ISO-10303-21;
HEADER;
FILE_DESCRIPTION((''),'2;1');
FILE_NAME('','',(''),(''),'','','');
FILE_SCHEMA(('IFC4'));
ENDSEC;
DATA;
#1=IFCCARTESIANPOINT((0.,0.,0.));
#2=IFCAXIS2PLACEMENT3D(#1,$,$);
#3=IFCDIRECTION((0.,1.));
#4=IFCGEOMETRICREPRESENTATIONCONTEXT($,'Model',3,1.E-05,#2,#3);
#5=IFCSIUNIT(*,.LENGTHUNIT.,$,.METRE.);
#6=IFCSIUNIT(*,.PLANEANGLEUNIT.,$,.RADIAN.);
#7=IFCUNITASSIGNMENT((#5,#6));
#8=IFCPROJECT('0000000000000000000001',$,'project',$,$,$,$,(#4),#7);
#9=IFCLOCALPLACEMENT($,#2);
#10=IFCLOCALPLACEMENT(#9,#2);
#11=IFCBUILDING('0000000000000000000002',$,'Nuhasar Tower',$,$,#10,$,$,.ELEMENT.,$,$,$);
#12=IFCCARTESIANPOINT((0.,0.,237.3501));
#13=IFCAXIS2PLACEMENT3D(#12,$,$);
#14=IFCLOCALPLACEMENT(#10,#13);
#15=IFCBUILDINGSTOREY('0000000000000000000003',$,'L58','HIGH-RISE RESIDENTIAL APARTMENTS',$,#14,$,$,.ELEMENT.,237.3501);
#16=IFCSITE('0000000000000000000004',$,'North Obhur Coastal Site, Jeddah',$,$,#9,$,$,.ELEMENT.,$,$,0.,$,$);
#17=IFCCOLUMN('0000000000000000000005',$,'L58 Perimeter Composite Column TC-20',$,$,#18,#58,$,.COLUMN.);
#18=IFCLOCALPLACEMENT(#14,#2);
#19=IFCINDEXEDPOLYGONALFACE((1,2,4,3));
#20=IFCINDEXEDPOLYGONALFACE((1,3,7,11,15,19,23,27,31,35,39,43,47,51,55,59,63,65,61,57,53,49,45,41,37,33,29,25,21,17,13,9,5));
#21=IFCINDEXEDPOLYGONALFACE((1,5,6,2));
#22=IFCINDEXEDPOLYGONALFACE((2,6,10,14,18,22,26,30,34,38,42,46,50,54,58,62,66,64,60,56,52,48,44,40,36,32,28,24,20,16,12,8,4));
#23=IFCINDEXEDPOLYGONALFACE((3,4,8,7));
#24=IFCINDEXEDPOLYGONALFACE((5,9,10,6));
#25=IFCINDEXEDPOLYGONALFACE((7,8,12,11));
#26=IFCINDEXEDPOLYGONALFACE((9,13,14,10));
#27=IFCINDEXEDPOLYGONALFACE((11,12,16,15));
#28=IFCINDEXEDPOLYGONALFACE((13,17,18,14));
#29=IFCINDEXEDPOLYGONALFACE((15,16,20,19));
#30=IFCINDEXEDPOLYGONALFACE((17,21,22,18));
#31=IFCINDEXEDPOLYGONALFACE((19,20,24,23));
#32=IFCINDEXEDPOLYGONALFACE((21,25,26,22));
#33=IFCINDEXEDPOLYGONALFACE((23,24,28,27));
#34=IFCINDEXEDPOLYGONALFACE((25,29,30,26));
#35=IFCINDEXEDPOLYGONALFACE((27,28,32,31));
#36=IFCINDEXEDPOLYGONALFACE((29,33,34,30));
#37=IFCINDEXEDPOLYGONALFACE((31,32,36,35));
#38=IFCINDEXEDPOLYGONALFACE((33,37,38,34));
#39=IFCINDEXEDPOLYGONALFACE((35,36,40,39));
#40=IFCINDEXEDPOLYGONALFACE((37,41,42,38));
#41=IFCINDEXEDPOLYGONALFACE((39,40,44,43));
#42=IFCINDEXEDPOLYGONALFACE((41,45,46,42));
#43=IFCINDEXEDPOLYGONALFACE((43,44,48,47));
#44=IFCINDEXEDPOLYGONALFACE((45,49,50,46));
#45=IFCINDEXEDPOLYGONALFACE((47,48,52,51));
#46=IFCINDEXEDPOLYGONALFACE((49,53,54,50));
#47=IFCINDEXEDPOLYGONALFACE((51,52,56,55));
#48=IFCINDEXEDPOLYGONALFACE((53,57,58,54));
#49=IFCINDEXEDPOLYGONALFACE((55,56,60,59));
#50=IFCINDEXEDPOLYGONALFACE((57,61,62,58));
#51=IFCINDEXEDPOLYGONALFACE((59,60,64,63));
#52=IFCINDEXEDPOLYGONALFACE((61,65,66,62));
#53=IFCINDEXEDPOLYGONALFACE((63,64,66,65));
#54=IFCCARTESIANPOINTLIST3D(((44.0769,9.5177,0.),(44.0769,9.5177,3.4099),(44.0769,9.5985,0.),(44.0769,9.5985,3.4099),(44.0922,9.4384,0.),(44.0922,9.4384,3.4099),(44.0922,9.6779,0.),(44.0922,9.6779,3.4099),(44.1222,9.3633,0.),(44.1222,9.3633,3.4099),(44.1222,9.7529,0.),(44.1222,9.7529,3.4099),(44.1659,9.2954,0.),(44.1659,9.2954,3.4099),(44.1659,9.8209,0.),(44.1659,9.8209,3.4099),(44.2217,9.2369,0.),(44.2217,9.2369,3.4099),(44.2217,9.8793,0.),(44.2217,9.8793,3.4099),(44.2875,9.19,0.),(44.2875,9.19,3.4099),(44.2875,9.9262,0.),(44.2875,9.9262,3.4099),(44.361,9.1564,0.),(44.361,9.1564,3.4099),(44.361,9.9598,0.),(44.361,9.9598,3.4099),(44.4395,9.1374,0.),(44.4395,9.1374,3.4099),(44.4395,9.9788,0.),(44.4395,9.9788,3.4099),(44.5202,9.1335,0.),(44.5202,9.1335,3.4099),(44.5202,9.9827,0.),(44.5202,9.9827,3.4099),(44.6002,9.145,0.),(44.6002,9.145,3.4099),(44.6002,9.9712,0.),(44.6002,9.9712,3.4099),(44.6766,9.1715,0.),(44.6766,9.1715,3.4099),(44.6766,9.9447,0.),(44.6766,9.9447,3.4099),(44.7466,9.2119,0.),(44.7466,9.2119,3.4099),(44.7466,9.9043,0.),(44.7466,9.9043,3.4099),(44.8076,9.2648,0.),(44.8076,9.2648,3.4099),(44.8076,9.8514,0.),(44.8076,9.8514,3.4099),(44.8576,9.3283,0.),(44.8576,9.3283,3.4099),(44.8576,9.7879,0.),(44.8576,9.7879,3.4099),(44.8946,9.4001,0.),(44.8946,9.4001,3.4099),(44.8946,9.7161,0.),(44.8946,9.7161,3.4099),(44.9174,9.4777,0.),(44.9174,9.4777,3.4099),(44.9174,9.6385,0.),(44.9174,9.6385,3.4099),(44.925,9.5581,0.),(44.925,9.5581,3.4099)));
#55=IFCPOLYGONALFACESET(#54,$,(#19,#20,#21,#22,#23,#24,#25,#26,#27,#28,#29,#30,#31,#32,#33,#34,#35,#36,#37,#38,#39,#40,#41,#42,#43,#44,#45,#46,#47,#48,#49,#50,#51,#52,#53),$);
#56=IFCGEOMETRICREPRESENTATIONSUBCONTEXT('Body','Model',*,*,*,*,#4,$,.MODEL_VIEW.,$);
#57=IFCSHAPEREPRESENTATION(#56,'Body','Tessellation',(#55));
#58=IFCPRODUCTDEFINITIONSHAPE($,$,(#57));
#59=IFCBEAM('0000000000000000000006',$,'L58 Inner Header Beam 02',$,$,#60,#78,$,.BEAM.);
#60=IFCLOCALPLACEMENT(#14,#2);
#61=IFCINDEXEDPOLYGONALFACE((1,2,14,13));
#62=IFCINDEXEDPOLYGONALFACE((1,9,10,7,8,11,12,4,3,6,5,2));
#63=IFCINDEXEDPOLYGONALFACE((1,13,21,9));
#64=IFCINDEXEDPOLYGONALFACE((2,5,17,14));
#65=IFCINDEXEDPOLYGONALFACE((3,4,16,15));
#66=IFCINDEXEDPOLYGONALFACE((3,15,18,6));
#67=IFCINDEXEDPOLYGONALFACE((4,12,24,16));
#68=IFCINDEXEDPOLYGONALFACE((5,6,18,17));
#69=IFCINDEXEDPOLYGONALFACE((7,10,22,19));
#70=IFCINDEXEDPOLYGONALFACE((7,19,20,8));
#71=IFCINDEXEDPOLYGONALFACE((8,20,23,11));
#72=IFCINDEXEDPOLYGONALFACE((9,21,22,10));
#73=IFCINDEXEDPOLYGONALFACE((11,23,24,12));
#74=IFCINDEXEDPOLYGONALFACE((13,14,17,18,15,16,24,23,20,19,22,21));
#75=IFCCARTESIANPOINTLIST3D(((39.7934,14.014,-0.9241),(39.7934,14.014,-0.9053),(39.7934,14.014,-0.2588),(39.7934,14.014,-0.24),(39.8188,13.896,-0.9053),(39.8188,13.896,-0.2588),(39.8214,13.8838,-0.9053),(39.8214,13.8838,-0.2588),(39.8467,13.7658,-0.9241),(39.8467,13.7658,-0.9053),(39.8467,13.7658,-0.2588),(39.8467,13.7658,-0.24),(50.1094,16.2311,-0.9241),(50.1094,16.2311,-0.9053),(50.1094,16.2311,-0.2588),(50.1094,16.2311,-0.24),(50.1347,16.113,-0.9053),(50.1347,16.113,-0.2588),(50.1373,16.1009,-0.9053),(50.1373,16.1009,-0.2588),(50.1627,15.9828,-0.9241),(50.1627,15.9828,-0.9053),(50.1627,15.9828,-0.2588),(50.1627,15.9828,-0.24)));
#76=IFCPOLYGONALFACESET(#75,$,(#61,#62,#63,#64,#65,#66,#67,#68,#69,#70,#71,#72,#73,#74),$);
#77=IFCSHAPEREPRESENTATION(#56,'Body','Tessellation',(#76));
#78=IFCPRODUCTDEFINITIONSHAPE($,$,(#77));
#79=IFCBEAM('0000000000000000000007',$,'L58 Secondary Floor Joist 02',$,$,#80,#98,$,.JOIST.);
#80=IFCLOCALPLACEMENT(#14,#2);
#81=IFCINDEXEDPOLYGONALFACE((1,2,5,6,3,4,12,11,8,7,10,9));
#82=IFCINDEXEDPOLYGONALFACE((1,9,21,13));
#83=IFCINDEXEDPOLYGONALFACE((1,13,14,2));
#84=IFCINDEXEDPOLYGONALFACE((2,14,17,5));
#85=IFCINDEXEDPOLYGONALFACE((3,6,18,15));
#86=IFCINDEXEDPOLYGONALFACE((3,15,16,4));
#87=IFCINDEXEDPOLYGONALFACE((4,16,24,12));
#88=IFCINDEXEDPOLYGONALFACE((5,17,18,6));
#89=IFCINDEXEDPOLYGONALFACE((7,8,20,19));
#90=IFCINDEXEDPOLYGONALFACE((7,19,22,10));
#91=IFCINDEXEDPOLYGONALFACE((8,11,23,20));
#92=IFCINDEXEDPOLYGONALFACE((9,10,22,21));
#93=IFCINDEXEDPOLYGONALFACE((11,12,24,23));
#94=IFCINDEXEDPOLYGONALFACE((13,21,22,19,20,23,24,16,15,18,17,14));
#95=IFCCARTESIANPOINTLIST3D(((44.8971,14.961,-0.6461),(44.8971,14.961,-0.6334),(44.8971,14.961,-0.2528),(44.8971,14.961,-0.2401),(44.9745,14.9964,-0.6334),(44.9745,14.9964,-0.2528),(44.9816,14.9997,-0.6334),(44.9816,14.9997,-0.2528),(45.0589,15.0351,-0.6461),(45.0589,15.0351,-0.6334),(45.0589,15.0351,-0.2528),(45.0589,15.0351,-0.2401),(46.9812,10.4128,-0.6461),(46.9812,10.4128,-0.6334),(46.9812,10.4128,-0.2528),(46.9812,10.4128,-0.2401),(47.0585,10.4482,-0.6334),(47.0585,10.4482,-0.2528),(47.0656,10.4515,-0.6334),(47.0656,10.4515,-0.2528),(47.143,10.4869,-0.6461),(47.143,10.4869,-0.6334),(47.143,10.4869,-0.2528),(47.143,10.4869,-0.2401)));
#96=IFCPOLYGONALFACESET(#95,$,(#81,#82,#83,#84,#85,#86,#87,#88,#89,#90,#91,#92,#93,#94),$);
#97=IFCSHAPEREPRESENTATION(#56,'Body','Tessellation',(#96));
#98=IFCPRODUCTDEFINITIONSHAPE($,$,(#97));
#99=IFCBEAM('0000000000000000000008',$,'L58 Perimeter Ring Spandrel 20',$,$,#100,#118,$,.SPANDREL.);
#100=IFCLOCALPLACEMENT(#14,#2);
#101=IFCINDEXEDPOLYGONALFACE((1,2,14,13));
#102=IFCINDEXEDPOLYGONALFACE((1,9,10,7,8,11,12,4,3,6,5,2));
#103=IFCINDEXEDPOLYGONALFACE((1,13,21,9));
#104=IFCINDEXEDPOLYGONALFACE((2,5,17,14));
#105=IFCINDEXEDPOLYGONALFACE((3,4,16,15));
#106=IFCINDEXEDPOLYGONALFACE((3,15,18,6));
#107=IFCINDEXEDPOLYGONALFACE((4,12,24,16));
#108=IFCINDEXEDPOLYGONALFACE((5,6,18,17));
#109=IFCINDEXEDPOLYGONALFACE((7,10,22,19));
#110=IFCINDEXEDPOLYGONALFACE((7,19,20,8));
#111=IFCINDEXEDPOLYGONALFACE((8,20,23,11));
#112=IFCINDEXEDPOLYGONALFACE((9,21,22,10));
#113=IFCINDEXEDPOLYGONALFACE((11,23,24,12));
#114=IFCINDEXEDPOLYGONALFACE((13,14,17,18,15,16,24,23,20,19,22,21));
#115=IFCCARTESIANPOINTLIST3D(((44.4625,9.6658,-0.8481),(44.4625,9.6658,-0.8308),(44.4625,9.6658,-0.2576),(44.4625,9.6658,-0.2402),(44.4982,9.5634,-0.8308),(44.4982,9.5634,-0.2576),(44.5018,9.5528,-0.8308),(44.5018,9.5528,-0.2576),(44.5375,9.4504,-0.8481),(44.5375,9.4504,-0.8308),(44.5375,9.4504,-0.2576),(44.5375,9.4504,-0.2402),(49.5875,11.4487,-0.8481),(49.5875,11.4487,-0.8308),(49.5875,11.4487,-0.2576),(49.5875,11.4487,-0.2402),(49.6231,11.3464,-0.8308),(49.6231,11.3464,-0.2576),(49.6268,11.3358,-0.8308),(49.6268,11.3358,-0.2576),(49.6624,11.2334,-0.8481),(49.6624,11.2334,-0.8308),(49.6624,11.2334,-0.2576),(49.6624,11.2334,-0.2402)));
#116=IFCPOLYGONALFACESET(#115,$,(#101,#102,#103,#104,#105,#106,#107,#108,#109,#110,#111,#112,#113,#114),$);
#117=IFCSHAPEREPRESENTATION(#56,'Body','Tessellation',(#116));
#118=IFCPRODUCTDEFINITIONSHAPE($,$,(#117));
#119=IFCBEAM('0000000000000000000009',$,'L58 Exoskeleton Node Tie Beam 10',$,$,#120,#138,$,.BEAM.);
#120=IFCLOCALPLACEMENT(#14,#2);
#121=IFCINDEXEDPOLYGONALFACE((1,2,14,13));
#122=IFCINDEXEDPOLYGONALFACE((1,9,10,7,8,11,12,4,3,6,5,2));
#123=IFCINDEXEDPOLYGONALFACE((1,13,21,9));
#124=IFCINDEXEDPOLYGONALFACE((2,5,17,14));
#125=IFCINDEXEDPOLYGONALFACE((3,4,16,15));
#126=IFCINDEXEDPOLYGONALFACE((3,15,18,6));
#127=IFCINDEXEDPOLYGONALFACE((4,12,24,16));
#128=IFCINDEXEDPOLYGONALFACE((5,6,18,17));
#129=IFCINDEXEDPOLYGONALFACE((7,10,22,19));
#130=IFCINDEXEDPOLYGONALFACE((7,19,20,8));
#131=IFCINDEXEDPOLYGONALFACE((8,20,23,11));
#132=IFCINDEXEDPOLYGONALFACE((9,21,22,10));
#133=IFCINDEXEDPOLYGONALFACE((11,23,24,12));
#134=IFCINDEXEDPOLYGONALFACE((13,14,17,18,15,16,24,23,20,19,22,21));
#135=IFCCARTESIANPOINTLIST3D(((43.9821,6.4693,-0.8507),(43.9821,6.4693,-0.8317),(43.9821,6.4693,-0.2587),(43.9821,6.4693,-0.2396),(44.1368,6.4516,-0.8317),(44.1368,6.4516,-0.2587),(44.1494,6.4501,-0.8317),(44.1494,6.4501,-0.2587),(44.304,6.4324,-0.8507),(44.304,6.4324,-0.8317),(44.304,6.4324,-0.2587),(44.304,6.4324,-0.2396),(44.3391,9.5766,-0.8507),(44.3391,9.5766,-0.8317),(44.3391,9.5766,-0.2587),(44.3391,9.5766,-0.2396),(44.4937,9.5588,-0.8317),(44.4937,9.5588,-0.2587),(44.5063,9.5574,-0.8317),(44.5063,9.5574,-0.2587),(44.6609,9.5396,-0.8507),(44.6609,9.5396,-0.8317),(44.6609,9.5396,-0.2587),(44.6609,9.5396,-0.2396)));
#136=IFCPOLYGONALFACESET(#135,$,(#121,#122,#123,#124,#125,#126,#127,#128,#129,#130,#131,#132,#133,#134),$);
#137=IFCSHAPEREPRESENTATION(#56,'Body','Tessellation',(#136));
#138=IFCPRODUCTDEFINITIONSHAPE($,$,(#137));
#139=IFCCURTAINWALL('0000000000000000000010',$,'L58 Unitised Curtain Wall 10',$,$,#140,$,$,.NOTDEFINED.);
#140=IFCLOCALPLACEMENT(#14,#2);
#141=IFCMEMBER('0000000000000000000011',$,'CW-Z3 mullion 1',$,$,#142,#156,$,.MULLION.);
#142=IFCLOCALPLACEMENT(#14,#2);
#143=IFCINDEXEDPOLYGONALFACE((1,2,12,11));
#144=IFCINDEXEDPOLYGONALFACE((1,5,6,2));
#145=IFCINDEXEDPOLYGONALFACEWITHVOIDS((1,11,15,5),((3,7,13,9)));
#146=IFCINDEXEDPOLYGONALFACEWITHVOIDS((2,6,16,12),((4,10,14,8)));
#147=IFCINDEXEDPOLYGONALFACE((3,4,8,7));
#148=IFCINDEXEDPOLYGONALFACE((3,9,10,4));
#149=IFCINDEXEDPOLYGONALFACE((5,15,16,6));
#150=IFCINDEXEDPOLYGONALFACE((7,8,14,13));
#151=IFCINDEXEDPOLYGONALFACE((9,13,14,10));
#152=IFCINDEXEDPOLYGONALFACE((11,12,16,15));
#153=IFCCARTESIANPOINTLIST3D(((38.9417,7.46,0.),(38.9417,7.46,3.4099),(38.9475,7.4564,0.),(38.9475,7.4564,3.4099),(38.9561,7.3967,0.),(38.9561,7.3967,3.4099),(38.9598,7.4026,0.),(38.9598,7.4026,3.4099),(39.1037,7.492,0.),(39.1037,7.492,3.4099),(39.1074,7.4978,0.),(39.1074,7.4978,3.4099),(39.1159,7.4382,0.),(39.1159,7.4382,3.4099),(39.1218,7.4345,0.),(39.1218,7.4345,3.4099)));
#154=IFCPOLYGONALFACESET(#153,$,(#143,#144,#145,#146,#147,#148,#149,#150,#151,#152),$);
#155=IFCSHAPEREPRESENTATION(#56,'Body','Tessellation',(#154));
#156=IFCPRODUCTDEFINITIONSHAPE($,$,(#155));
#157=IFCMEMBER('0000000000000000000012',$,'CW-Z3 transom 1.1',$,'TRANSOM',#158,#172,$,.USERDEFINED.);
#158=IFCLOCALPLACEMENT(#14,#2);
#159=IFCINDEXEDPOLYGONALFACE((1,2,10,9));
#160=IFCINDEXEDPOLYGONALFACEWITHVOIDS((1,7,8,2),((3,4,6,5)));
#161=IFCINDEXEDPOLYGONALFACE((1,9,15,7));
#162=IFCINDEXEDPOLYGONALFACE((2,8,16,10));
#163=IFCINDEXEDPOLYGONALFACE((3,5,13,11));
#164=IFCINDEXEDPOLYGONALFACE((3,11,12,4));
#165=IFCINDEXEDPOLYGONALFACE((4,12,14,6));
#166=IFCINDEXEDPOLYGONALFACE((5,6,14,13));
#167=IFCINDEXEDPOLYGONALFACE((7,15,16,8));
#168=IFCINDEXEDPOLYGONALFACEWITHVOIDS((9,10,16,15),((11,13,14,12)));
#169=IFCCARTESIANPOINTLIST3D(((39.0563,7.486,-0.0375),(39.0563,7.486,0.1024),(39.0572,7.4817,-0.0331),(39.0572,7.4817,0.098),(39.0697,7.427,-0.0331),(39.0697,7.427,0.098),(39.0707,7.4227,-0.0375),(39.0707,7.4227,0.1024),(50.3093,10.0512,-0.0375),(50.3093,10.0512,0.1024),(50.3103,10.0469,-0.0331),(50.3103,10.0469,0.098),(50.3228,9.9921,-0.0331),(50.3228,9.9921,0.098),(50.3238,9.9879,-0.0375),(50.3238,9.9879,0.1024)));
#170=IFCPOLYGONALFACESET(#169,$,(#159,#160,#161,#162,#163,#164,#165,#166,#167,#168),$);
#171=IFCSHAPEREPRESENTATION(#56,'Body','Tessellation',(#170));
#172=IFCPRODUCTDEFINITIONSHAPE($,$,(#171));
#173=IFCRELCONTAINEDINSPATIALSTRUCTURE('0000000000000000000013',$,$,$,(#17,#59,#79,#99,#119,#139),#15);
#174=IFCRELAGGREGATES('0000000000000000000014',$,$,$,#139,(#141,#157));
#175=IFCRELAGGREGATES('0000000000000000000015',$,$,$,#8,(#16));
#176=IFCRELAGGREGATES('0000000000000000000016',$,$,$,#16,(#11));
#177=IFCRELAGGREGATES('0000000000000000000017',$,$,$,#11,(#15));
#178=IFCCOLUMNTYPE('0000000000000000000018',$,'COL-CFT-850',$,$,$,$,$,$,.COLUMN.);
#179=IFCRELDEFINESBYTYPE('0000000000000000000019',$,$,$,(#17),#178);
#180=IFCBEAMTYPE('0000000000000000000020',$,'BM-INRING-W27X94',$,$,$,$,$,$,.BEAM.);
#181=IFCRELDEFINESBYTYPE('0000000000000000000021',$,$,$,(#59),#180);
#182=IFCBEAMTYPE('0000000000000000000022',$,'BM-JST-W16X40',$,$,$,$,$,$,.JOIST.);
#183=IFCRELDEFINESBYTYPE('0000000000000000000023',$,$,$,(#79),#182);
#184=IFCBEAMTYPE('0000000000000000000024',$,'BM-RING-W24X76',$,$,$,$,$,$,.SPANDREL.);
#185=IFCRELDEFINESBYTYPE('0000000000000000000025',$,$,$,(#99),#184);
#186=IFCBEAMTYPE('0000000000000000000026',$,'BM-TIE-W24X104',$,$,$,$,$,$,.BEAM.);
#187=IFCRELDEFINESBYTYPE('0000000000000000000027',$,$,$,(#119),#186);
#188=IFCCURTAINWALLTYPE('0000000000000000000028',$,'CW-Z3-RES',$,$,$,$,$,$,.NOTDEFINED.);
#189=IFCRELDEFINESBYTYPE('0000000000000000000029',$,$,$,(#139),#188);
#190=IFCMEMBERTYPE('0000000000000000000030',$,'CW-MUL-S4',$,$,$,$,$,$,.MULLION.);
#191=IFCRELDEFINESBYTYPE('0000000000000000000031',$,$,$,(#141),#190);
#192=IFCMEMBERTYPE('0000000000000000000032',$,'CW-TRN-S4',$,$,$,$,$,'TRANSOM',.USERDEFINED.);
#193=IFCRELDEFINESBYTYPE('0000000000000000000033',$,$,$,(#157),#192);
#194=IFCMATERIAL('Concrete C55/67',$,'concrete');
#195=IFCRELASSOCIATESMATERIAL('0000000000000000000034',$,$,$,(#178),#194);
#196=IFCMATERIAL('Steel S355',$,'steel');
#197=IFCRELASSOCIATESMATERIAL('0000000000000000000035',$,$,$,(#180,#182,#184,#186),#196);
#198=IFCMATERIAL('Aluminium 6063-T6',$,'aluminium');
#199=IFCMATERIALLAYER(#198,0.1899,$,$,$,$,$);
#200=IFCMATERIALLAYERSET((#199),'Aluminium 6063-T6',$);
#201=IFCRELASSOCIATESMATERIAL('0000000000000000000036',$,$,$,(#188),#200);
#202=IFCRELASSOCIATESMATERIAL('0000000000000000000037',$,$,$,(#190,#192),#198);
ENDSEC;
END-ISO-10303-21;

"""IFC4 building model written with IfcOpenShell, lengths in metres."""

from ifc_helpers import new_model, si_unit, direction, frame, origin, origin_2d, place, context, subcontext, project, spatial, hollow_rectangle, circle, i_section, extrude, material, layer, layer_set, material_profile, profile_set, type_object, element, aggregate, save


model = new_model("IFC4")

# Units and contexts
model_context = context("Model", 3, precision=1e-05, world=origin(), true_north=direction((0.0, 1.0)))
body_context = subcontext(model_context, "Body", "Model", "MODEL_VIEW")
ifc_project = project(units=[si_unit("LENGTHUNIT", "METRE"), si_unit("PLANEANGLEUNIT", "RADIAN")], contexts=[model_context])

# Site, building, storey
site_placement = place(None, origin())
site = spatial("IfcSite", under=ifc_project, at=site_placement, Name="North Obhur Coastal Site, Jeddah", CompositionType="ELEMENT", RefElevation=0.0)
building_placement = place(site_placement, origin())
building = spatial("IfcBuilding", under=site, at=building_placement, Name="Nuhasar Tower", CompositionType="ELEMENT")
storey_placement = place(building_placement, frame((0.0, 0.0, 237.3501)))
storey = spatial("IfcBuildingStorey", under=building, at=storey_placement, Name="L58", Description="HIGH-RISE RESIDENTIAL APARTMENTS", CompositionType="ELEMENT", Elevation=237.3501)

# Column
ifc_material_1 = material(Name="Concrete C55/67", Category="concrete")
ifc_material_profile_1 = material_profile(ifc_material_1, circle(Radius=0.425, at=origin_2d()), Name="CFT850")
ifc_profile_set_1 = profile_set([ifc_material_profile_1], Name="Concrete C55/67")
column_type = type_object("IfcColumnType", Name="COL-CFT-850", PredefinedType="COLUMN", material=ifc_profile_set_1)
column_placement = place(storey_placement, frame((44.5, 9.5581, 0.0), z_axis=(0.0, 0.0, 1.0), x_axis=(1.0, 0.0, 0.0)))
element("IfcColumn", 1, at=column_placement, inside=storey, type_object=column_type, Name="L58 Perimeter Composite Column TC-20", PredefinedType="COLUMN", context=body_context, shape_type="SweptSolid", body=[
    extrude(circle(Radius=0.425, at=origin_2d()), origin(), (0.0, 0.0, 1.0), 3.4099),
])

# Beams
ifc_material_2 = material(Name="Steel S355", Category="steel")
ifc_material_profile_2 = material_profile(ifc_material_2, i_section(OverallWidth=0.2539, OverallDepth=0.6841, WebThickness=0.0125, FlangeThickness=0.0188, at=origin_2d()), Name="W27X94")
ifc_profile_set_2 = profile_set([ifc_material_profile_2], Name="Steel S355")
beam_type_1 = type_object("IfcBeamType", Name="BM-INRING-W27X94", PredefinedType="BEAM", material=ifc_profile_set_2)
beam_1_placement = place(storey_placement, frame((39.8201, 13.8899, -0.582), z_axis=(0.977676, 0.210117, 0.0), x_axis=(-0.210117, 0.977676, 0.0)))
element("IfcBeam", 2, at=beam_1_placement, inside=storey, type_object=beam_type_1, Name="L58 Inner Header Beam 02", PredefinedType="BEAM", context=body_context, shape_type="SweptSolid", body=[
    extrude(i_section(OverallWidth=0.2539, OverallDepth=0.6841, WebThickness=0.0125, FlangeThickness=0.0188, at=origin_2d()), origin(), (0.0, 0.0, 1.0), 10.5515),
])
ifc_material_profile_3 = material_profile(ifc_material_2, i_section(OverallWidth=0.178, OverallDepth=0.406, WebThickness=0.0078, FlangeThickness=0.0127, at=origin_2d()), Name="W16X40")
ifc_profile_set_3 = profile_set([ifc_material_profile_3], Name="Steel S355")
beam_type_2 = type_object("IfcBeamType", Name="BM-JST-W16X40", PredefinedType="JOIST", material=ifc_profile_set_3)
beam_2_placement = place(storey_placement, frame((44.978, 14.998, -0.4431), z_axis=(0.416562, -0.909107, 0.0), x_axis=(0.909107, 0.416562, 0.0)))
element("IfcBeam", 3, at=beam_2_placement, inside=storey, type_object=beam_type_2, Name="L58 Secondary Floor Joist 02", PredefinedType="JOIST", context=body_context, shape_type="SweptSolid", body=[
    extrude(i_section(OverallWidth=0.178, OverallDepth=0.406, WebThickness=0.0078, FlangeThickness=0.0127, at=origin_2d()), origin(), (0.0, 0.0, 1.0), 5.0029),
])
ifc_material_profile_4 = material_profile(ifc_material_2, i_section(OverallWidth=0.228, OverallDepth=0.6079, WebThickness=0.0112, FlangeThickness=0.0173, at=origin_2d()), Name="W24X76")
ifc_profile_set_4 = profile_set([ifc_material_profile_4], Name="Steel S355")
beam_type_3 = type_object("IfcBeamType", Name="BM-RING-W24X76", PredefinedType="SPANDREL", material=ifc_profile_set_4)
beam_3_placement = place(storey_placement, frame((44.5, 9.5581, -0.5442), z_axis=(0.944477, 0.328578, 0.0), x_axis=(-0.328578, 0.944477, 0.0)))
element("IfcBeam", 4, at=beam_3_placement, inside=storey, type_object=beam_type_3, Name="L58 Perimeter Ring Spandrel 20", PredefinedType="SPANDREL", context=body_context, shape_type="SweptSolid", body=[
    extrude(i_section(OverallWidth=0.228, OverallDepth=0.6079, WebThickness=0.0112, FlangeThickness=0.0173, at=origin_2d()), origin(), (0.0, 0.0, 1.0), 5.4263),
])
ifc_material_profile_5 = material_profile(ifc_material_2, i_section(OverallWidth=0.324, OverallDepth=0.6111, WebThickness=0.0127, FlangeThickness=0.019, at=origin_2d()), Name="W24X104")
ifc_profile_set_5 = profile_set([ifc_material_profile_5], Name="Steel S355")
beam_type_4 = type_object("IfcBeamType", Name="BM-TIE-W24X104", PredefinedType="BEAM", material=ifc_profile_set_5)
beam_4_placement = place(storey_placement, frame((44.5, 9.5581, -0.5452), z_axis=(-0.114123, -0.993467, 0.0), x_axis=(0.993467, -0.114123, 0.0)))
element("IfcBeam", 5, at=beam_4_placement, inside=storey, type_object=beam_type_4, Name="L58 Exoskeleton Node Tie Beam 10", PredefinedType="BEAM", context=body_context, shape_type="SweptSolid", body=[
    extrude(i_section(OverallWidth=0.324, OverallDepth=0.6111, WebThickness=0.0127, FlangeThickness=0.019, at=origin_2d()), origin(), (0.0, 0.0, 1.0), 3.1277),
])

# Curtain wall, members
ifc_material_3 = material(Name="Aluminium 6063-T6", Category="aluminium")
ifc_layer_1 = layer(ifc_material_3, 0.1899)
ifc_layer_set_1 = layer_set([ifc_layer_1], Name="Aluminium 6063-T6")
curtain_wall_type = type_object("IfcCurtainWallType", Name="CW-Z3-RES", PredefinedType="NOTDEFINED", material=ifc_layer_set_1)
curtain_wall_placement = place(storey_placement, origin())
curtain_wall = element("IfcCurtainWall", 6, at=curtain_wall_placement, inside=storey, type_object=curtain_wall_type, Name="L58 Unitised Curtain Wall 10", PredefinedType="NOTDEFINED")
ifc_material_profile_6 = material_profile(ifc_material_3, hollow_rectangle(XDim=0.0649, YDim=0.1699, WallThickness=0.0049, at=origin_2d()), Name="CWM-4")
ifc_profile_set_6 = profile_set([ifc_material_profile_6], Name="Aluminium 6063-T6")
member_type_1 = type_object("IfcMemberType", Name="CW-MUL-S4", PredefinedType="MULLION", material=ifc_profile_set_6)
member_1_placement = place(storey_placement, frame((39.0317, 7.4473, 0.0), z_axis=(0.0, 0.0, 1.0), x_axis=(-0.222243, 0.974991, 0.0)))
member_1 = element("IfcMember", 7, at=member_1_placement, type_object=member_type_1, Name="CW-Z3 mullion 1", PredefinedType="MULLION", context=body_context, shape_type="SweptSolid", body=[
    extrude(hollow_rectangle(XDim=0.0649, YDim=0.1699, WallThickness=0.0049, at=origin_2d()), origin(), (0.0, 0.0, 1.0), 3.4099),
])
ifc_material_profile_7 = material_profile(ifc_material_3, hollow_rectangle(XDim=0.0649, YDim=0.1399, WallThickness=0.0044, at=origin_2d()), Name="CWT-4")
ifc_profile_set_7 = profile_set([ifc_material_profile_7], Name="Aluminium 6063-T6")
member_type_2 = type_object("IfcMemberType", Name="CW-TRN-S4", ElementType="TRANSOM", PredefinedType="USERDEFINED", material=ifc_profile_set_7)
member_2_placement = place(storey_placement, frame((39.0635, 7.4543, 0.0325), z_axis=(0.974989, 0.222251, 0.0), x_axis=(-0.222251, 0.974989, 0.0)))
member_2 = element("IfcMember", 8, at=member_2_placement, type_object=member_type_2, Name="CW-Z3 transom 1.1", ObjectType="TRANSOM", PredefinedType="USERDEFINED", context=body_context, shape_type="SweptSolid", body=[
    extrude(hollow_rectangle(XDim=0.0649, YDim=0.1399, WallThickness=0.0044, at=origin_2d()), origin(), (0.0, 0.0, 1.0), 11.5417),
])

aggregate(curtain_wall, [member_1, member_2])

save(model, "model.ifc")
